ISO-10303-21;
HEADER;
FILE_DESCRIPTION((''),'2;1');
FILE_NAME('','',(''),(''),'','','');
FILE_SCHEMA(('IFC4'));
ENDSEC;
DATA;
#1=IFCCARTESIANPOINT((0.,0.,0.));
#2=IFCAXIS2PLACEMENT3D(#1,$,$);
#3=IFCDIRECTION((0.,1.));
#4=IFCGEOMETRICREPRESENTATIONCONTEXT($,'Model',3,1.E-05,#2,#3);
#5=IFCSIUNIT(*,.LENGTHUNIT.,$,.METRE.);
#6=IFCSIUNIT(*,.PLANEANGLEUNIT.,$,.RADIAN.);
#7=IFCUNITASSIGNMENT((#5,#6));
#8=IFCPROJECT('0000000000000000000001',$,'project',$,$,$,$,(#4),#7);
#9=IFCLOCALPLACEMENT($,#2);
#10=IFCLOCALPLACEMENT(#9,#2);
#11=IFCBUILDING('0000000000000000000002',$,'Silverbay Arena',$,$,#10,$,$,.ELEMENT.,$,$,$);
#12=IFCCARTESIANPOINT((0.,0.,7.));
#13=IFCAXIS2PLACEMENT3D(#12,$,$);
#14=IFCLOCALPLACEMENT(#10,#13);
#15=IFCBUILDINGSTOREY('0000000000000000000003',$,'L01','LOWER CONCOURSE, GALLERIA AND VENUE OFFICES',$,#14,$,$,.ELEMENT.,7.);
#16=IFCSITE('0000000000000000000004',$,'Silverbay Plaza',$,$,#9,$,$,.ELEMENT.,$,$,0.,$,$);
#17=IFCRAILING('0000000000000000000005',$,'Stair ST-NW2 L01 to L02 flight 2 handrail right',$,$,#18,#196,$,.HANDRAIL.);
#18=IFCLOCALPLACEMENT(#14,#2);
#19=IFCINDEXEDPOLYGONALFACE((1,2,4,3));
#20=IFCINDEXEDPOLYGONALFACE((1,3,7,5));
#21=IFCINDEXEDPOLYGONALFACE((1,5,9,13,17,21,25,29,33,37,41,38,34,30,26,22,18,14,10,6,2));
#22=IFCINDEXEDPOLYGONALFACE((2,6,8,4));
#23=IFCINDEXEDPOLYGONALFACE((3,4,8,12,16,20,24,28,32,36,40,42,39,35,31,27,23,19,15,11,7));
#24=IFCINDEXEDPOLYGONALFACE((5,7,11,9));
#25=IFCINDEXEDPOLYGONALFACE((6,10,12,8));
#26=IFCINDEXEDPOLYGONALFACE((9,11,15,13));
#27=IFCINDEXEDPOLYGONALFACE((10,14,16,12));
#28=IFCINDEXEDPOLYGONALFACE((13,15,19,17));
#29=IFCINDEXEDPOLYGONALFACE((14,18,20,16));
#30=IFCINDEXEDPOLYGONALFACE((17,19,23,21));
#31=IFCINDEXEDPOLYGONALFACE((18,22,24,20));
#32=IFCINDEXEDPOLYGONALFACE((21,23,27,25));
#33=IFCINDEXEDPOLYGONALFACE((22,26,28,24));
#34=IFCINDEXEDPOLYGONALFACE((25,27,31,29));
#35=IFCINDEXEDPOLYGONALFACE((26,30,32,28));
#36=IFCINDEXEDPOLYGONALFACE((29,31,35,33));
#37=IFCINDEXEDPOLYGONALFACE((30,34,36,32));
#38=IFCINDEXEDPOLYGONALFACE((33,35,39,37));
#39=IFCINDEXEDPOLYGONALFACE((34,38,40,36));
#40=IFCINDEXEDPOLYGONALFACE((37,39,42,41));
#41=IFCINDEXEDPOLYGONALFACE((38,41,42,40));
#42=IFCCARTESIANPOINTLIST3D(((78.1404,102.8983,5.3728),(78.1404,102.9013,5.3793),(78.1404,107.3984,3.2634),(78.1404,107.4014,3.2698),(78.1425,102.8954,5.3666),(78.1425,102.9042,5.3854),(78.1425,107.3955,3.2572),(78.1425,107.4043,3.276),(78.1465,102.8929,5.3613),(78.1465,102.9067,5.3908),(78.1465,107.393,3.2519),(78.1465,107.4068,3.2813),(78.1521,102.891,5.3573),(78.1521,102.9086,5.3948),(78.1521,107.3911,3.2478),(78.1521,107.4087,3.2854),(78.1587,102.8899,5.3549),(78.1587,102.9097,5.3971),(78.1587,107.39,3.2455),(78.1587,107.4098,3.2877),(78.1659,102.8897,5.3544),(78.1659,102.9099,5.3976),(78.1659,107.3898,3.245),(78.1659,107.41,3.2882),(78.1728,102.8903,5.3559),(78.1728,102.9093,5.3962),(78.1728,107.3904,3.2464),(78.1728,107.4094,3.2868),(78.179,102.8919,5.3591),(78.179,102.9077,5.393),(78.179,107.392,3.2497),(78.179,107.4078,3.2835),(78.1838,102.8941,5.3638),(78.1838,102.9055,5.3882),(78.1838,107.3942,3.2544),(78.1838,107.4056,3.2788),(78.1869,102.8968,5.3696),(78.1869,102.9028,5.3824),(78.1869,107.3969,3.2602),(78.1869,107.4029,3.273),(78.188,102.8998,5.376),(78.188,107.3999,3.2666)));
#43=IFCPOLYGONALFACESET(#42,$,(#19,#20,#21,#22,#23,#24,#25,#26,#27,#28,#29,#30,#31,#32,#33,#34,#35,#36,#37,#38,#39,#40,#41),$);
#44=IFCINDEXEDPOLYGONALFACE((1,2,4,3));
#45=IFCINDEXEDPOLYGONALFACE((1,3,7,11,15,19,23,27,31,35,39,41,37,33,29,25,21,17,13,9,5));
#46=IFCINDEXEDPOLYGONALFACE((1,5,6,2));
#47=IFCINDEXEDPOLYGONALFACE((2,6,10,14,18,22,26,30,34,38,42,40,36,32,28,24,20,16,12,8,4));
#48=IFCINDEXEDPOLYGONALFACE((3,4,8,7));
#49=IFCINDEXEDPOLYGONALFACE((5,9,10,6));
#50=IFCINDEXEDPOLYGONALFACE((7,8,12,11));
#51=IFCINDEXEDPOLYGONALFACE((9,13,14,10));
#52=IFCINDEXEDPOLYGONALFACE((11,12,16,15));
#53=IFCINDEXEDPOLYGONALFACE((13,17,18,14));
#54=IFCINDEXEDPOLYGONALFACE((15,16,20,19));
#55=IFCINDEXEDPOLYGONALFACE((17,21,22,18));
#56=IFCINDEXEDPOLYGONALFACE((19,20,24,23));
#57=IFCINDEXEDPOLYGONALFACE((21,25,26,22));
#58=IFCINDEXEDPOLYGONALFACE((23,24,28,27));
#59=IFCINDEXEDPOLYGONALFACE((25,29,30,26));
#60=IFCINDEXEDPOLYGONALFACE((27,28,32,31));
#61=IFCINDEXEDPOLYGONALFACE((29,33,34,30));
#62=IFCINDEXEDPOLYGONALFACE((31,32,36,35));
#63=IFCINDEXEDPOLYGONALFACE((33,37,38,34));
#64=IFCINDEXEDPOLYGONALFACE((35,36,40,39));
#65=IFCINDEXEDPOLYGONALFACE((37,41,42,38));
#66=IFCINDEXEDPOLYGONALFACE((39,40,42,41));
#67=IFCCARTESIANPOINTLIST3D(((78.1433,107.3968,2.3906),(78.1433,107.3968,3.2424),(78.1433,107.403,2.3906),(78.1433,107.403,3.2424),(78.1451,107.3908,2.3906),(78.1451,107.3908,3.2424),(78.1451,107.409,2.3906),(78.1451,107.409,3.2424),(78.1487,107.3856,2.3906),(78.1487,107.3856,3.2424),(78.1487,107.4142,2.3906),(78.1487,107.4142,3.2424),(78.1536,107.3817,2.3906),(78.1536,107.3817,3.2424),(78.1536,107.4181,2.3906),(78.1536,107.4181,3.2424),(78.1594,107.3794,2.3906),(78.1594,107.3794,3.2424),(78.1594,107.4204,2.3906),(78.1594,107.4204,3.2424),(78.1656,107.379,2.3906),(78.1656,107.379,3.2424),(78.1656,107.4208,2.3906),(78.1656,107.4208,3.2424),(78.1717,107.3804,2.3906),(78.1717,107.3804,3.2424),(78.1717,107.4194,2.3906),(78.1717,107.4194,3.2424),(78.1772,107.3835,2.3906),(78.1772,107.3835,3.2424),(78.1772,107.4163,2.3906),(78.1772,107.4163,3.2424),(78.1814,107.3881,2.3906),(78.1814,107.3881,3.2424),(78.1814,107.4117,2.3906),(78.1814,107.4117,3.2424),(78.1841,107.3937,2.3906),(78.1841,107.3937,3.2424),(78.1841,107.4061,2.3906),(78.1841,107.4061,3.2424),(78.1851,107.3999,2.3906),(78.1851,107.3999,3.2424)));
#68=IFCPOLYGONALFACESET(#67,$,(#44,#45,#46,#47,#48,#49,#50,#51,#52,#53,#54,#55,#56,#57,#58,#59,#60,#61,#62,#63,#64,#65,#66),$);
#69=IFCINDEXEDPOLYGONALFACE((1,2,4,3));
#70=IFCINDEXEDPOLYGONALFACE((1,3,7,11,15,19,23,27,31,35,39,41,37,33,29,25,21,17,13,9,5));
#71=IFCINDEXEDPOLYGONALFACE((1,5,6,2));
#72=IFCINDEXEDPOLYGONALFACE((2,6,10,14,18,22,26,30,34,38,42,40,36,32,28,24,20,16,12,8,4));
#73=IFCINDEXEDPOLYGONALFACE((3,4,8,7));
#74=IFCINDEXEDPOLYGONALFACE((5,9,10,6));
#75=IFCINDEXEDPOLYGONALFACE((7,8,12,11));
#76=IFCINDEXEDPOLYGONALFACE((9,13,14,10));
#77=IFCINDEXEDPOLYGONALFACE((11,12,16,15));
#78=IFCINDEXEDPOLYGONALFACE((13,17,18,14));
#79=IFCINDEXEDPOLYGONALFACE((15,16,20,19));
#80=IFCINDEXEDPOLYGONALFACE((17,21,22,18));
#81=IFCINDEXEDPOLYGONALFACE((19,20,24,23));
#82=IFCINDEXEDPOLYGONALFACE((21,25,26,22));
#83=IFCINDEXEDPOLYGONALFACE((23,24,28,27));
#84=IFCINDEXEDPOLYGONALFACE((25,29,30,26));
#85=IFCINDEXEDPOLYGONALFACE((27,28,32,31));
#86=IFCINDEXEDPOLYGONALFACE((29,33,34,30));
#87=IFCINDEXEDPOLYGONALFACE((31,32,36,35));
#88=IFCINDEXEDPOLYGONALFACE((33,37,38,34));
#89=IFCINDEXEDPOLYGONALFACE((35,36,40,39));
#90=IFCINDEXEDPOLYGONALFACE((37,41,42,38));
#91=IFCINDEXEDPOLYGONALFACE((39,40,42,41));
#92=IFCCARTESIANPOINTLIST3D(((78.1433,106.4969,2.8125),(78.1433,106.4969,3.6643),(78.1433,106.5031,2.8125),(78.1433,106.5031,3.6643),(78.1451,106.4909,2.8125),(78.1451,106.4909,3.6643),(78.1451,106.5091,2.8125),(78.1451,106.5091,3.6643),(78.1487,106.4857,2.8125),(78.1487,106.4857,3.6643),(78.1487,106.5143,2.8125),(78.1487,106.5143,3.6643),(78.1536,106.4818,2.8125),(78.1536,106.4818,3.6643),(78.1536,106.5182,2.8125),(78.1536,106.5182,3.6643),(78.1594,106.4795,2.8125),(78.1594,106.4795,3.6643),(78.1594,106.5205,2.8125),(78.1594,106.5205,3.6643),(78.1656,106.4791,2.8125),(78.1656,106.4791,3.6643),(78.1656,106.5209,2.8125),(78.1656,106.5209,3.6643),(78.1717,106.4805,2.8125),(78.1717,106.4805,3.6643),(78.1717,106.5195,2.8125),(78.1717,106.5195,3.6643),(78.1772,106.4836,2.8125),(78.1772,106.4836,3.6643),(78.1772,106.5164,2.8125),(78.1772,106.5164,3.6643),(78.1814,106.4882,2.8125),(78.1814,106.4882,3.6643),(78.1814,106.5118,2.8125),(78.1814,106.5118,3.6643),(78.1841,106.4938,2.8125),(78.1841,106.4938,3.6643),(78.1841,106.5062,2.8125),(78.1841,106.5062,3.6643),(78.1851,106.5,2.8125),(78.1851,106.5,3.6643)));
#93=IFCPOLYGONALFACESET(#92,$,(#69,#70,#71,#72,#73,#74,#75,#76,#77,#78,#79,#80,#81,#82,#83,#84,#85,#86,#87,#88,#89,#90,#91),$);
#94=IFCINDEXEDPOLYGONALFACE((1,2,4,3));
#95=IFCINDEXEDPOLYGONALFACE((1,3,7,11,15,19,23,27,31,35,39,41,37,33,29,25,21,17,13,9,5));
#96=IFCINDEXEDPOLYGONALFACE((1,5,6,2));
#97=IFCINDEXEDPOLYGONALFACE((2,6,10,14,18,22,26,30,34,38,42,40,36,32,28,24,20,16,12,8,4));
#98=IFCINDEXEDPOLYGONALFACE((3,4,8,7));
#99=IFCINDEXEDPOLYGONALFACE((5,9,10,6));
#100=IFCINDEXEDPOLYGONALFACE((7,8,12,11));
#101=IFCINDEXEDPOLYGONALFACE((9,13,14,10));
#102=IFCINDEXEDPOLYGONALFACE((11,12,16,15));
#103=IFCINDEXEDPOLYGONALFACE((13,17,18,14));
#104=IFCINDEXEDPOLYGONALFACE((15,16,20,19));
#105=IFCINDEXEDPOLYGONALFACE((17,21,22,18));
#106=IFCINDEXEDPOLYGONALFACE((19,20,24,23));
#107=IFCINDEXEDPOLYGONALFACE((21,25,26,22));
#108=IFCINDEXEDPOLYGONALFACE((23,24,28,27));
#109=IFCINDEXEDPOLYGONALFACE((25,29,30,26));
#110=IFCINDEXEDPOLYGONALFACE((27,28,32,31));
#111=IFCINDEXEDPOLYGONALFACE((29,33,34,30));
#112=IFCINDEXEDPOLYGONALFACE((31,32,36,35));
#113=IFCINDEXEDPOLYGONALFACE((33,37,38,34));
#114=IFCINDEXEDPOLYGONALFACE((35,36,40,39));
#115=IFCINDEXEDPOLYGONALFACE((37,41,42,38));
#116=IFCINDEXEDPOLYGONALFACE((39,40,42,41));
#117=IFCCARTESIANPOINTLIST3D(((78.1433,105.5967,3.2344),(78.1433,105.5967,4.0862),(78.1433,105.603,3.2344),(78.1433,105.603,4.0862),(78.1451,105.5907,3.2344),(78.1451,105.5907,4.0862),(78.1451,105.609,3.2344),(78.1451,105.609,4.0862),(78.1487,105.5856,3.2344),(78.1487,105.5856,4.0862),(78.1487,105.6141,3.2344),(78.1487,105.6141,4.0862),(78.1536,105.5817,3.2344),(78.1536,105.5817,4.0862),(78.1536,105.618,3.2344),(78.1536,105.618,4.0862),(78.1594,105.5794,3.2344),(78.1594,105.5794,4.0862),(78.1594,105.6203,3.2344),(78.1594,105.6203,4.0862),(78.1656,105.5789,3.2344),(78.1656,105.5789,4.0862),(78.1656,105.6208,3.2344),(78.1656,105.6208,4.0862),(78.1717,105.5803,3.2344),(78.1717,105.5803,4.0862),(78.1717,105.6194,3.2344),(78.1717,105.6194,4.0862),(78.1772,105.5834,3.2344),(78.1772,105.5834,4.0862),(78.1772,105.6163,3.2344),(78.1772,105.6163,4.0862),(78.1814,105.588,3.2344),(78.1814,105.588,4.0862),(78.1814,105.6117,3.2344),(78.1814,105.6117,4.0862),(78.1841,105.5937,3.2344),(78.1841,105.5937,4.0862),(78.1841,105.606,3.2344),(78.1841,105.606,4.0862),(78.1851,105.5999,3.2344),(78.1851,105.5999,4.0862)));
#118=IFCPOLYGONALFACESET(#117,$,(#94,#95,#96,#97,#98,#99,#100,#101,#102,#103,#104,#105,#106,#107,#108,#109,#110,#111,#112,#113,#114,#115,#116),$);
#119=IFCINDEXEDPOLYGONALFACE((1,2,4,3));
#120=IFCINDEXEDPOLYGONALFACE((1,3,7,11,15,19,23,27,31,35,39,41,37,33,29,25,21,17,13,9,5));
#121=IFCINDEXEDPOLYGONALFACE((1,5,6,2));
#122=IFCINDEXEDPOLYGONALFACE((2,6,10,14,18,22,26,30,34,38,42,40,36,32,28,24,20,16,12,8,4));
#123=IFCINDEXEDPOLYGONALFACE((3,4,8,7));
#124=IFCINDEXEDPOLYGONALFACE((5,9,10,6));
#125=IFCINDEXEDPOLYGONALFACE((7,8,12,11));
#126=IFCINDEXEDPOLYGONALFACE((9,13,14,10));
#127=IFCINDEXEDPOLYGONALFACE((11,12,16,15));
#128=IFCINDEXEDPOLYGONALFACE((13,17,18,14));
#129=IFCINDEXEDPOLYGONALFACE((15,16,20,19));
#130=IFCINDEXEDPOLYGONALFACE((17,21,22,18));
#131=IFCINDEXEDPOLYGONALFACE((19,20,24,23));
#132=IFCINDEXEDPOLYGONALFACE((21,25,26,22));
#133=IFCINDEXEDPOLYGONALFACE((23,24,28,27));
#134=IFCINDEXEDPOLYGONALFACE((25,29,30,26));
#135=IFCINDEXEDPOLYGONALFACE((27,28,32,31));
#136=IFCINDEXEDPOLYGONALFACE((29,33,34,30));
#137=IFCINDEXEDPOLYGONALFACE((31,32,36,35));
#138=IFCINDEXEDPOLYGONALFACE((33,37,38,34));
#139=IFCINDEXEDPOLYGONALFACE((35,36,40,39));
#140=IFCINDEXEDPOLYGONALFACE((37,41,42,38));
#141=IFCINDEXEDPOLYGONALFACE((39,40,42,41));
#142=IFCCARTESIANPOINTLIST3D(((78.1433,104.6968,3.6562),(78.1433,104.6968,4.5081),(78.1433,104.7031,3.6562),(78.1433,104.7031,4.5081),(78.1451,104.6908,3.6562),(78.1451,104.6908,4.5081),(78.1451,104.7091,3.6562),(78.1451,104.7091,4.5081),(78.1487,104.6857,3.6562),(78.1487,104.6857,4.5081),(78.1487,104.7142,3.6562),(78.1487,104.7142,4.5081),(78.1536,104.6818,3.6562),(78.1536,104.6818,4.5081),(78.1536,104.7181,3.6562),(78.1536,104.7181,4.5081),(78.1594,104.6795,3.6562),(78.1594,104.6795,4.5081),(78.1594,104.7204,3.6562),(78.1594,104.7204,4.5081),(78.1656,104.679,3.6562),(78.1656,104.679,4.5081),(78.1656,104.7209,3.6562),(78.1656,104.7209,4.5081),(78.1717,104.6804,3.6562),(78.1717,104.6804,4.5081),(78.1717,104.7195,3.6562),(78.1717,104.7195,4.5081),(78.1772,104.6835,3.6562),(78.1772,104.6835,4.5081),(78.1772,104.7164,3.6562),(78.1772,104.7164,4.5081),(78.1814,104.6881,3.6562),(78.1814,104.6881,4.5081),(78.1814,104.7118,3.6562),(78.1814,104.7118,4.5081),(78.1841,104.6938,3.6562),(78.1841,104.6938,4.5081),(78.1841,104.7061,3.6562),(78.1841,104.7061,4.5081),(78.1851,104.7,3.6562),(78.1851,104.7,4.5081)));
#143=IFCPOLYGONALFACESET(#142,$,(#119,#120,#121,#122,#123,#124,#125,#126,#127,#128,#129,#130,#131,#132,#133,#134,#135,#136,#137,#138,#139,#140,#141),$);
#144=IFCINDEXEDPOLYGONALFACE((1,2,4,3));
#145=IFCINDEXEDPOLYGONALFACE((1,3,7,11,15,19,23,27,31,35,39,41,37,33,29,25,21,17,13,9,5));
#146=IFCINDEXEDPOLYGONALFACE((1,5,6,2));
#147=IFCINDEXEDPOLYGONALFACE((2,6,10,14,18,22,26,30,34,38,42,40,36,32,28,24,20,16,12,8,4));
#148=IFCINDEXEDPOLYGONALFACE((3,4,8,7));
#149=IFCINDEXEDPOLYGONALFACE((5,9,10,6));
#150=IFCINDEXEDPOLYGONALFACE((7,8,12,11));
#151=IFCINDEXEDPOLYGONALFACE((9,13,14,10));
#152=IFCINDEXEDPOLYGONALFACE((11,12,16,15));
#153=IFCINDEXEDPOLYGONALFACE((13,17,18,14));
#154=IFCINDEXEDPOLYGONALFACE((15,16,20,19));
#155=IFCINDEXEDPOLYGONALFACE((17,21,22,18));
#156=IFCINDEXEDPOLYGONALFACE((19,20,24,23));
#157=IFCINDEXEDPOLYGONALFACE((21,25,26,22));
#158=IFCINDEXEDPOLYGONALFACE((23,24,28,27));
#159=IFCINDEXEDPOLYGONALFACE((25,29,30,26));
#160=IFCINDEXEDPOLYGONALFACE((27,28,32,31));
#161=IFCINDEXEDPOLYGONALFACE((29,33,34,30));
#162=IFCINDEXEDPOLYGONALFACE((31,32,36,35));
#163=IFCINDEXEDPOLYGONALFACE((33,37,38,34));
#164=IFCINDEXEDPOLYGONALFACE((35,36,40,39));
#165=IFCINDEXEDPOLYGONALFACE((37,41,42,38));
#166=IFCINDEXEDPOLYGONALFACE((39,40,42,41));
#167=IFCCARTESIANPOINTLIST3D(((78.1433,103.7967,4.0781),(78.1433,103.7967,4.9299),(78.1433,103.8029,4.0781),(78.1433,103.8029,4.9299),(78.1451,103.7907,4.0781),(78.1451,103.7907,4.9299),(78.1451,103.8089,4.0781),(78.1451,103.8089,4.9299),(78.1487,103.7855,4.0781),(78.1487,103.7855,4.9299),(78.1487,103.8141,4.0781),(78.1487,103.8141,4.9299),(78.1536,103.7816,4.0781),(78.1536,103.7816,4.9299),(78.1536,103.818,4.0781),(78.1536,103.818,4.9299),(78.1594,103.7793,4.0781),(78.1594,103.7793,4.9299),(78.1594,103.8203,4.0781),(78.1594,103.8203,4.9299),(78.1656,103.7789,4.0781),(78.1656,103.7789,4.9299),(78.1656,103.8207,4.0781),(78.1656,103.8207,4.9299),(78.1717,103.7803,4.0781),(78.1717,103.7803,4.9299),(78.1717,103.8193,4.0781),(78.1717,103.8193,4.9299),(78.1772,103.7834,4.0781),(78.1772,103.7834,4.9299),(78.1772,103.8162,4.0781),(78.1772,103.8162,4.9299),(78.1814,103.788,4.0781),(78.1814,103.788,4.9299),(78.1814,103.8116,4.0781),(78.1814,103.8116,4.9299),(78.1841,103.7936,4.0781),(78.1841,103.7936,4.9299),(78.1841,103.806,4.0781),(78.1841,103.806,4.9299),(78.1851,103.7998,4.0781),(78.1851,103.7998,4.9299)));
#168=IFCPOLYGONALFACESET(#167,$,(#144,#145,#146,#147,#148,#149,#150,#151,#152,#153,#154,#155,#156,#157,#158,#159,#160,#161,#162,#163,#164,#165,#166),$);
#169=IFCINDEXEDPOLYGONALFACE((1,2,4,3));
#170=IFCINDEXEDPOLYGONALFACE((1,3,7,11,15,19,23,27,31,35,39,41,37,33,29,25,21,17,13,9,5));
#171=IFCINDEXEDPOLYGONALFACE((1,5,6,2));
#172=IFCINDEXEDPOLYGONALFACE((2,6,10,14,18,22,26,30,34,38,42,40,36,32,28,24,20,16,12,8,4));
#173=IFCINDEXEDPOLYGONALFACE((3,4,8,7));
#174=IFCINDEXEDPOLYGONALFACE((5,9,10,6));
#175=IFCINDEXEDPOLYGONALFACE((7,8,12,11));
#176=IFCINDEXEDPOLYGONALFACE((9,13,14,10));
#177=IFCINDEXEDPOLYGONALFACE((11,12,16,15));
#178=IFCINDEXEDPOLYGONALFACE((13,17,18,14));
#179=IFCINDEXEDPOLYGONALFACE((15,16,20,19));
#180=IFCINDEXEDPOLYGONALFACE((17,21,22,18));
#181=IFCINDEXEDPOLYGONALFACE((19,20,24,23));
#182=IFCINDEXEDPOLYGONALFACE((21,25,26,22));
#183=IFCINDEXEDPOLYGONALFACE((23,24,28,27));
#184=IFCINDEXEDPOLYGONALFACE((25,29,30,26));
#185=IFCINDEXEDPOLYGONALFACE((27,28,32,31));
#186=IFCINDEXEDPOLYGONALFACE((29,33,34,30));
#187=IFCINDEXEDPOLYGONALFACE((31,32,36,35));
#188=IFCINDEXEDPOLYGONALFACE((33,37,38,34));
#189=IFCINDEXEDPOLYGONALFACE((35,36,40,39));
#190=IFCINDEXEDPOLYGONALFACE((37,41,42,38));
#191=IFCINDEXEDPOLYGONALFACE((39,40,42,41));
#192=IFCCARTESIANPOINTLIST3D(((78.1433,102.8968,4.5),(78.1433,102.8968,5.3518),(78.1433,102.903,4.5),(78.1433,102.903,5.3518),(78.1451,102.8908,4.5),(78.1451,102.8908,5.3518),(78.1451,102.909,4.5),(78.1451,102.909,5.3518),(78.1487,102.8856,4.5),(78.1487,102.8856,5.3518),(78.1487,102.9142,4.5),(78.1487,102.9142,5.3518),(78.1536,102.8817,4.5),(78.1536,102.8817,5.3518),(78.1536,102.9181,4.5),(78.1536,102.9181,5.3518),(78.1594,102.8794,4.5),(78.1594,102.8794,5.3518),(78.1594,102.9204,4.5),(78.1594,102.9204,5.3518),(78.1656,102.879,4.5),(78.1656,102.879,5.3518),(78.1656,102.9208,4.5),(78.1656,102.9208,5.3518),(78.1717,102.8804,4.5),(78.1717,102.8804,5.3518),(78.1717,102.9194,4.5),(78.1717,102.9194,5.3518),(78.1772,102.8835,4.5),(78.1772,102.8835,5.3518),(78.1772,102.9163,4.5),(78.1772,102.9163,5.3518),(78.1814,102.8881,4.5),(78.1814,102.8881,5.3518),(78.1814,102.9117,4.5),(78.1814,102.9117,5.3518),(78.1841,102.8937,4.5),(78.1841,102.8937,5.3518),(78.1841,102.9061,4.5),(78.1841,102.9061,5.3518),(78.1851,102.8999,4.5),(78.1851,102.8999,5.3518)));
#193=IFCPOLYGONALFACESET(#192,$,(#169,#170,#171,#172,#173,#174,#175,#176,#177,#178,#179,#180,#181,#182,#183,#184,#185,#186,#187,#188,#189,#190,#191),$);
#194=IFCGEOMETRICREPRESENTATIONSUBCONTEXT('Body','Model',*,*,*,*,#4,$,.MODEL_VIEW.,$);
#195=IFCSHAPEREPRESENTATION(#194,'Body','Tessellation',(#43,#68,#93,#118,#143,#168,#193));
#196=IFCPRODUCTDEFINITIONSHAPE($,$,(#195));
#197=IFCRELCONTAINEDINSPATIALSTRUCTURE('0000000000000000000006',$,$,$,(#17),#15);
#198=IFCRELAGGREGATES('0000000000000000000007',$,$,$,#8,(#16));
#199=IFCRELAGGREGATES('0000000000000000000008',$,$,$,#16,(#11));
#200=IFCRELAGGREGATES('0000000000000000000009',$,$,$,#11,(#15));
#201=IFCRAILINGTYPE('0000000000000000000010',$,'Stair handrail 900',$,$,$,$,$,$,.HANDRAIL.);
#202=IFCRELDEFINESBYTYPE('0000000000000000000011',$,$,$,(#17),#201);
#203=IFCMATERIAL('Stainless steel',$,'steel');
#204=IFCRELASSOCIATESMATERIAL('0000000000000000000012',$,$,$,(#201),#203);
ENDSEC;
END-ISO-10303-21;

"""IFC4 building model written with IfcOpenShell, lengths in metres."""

from ifc_helpers import new_model, si_unit, direction, frame, origin, origin_2d, place, context, subcontext, project, spatial, circle, extrude, material, type_object, element, save


model = new_model("IFC4")

# Units and contexts
model_context = context("Model", 3, precision=1e-05, world=origin(), true_north=direction((0.0, 1.0)))
body_context = subcontext(model_context, "Body", "Model", "MODEL_VIEW")
ifc_project = project(units=[si_unit("LENGTHUNIT", "METRE"), si_unit("PLANEANGLEUNIT", "RADIAN")], contexts=[model_context])

# Site, building, storey
site_placement = place(None, origin())
site = spatial("IfcSite", under=ifc_project, at=site_placement, Name="Silverbay Plaza", CompositionType="ELEMENT", RefElevation=0.0)
building_placement = place(site_placement, origin())
building = spatial("IfcBuilding", under=site, at=building_placement, Name="Silverbay Arena", CompositionType="ELEMENT")
storey_placement = place(building_placement, frame((0.0, 0.0, 7.0)))
storey = spatial("IfcBuildingStorey", under=building, at=storey_placement, Name="L01", Description="LOWER CONCOURSE, GALLERIA AND VENUE OFFICES", CompositionType="ELEMENT", Elevation=7.0)

# Railing
ifc_material_1 = material(Name="Stainless steel", Category="steel")
railing_type_1 = type_object("IfcRailingType", Name="Stair handrail 900", PredefinedType="HANDRAIL", material=ifc_material_1)
for number, where, name in (
    (1, (78.1641, 107.3999, 2.3906), "Stair ST-NW2 L01 to L02 flight 2 handrail right"),
):
    element("IfcRailing", number, at=place(storey_placement, frame(where)), inside=storey, type_object=railing_type_1, Name=name, PredefinedType="HANDRAIL", context=body_context, shape_type="SweptSolid", body=[
        extrude(circle(Radius=0.0239, at=origin_2d()), frame((0.0, 0.0, 0.876), z_axis=(0.0, -0.905459, 0.424434), x_axis=(1.0, 0.0, 0.0)), (0.0, 0.0, 1.0), 4.97),
        extrude(circle(Radius=0.021, at=origin_2d()), origin(), (0.0, 0.0, 1.0), 0.8518),
        extrude(circle(Radius=0.021, at=origin_2d()), frame((0.0, -0.8999, 0.4219)), (0.0, 0.0, 1.0), 0.8518),
        extrude(circle(Radius=0.021, at=origin_2d()), frame((0.0, -1.8, 0.8438)), (0.0, 0.0, 1.0), 0.8518),
        extrude(circle(Radius=0.021, at=origin_2d()), frame((0.0, -2.7, 1.2656)), (0.0, 0.0, 1.0), 0.8518),
        extrude(circle(Radius=0.021, at=origin_2d()), frame((0.0, -3.6001, 1.6875)), (0.0, 0.0, 1.0), 0.8518),
        extrude(circle(Radius=0.021, at=origin_2d()), frame((0.0, -4.5, 2.1094)), (0.0, 0.0, 1.0), 0.8518),
    ])

save(model, "model.ifc")
